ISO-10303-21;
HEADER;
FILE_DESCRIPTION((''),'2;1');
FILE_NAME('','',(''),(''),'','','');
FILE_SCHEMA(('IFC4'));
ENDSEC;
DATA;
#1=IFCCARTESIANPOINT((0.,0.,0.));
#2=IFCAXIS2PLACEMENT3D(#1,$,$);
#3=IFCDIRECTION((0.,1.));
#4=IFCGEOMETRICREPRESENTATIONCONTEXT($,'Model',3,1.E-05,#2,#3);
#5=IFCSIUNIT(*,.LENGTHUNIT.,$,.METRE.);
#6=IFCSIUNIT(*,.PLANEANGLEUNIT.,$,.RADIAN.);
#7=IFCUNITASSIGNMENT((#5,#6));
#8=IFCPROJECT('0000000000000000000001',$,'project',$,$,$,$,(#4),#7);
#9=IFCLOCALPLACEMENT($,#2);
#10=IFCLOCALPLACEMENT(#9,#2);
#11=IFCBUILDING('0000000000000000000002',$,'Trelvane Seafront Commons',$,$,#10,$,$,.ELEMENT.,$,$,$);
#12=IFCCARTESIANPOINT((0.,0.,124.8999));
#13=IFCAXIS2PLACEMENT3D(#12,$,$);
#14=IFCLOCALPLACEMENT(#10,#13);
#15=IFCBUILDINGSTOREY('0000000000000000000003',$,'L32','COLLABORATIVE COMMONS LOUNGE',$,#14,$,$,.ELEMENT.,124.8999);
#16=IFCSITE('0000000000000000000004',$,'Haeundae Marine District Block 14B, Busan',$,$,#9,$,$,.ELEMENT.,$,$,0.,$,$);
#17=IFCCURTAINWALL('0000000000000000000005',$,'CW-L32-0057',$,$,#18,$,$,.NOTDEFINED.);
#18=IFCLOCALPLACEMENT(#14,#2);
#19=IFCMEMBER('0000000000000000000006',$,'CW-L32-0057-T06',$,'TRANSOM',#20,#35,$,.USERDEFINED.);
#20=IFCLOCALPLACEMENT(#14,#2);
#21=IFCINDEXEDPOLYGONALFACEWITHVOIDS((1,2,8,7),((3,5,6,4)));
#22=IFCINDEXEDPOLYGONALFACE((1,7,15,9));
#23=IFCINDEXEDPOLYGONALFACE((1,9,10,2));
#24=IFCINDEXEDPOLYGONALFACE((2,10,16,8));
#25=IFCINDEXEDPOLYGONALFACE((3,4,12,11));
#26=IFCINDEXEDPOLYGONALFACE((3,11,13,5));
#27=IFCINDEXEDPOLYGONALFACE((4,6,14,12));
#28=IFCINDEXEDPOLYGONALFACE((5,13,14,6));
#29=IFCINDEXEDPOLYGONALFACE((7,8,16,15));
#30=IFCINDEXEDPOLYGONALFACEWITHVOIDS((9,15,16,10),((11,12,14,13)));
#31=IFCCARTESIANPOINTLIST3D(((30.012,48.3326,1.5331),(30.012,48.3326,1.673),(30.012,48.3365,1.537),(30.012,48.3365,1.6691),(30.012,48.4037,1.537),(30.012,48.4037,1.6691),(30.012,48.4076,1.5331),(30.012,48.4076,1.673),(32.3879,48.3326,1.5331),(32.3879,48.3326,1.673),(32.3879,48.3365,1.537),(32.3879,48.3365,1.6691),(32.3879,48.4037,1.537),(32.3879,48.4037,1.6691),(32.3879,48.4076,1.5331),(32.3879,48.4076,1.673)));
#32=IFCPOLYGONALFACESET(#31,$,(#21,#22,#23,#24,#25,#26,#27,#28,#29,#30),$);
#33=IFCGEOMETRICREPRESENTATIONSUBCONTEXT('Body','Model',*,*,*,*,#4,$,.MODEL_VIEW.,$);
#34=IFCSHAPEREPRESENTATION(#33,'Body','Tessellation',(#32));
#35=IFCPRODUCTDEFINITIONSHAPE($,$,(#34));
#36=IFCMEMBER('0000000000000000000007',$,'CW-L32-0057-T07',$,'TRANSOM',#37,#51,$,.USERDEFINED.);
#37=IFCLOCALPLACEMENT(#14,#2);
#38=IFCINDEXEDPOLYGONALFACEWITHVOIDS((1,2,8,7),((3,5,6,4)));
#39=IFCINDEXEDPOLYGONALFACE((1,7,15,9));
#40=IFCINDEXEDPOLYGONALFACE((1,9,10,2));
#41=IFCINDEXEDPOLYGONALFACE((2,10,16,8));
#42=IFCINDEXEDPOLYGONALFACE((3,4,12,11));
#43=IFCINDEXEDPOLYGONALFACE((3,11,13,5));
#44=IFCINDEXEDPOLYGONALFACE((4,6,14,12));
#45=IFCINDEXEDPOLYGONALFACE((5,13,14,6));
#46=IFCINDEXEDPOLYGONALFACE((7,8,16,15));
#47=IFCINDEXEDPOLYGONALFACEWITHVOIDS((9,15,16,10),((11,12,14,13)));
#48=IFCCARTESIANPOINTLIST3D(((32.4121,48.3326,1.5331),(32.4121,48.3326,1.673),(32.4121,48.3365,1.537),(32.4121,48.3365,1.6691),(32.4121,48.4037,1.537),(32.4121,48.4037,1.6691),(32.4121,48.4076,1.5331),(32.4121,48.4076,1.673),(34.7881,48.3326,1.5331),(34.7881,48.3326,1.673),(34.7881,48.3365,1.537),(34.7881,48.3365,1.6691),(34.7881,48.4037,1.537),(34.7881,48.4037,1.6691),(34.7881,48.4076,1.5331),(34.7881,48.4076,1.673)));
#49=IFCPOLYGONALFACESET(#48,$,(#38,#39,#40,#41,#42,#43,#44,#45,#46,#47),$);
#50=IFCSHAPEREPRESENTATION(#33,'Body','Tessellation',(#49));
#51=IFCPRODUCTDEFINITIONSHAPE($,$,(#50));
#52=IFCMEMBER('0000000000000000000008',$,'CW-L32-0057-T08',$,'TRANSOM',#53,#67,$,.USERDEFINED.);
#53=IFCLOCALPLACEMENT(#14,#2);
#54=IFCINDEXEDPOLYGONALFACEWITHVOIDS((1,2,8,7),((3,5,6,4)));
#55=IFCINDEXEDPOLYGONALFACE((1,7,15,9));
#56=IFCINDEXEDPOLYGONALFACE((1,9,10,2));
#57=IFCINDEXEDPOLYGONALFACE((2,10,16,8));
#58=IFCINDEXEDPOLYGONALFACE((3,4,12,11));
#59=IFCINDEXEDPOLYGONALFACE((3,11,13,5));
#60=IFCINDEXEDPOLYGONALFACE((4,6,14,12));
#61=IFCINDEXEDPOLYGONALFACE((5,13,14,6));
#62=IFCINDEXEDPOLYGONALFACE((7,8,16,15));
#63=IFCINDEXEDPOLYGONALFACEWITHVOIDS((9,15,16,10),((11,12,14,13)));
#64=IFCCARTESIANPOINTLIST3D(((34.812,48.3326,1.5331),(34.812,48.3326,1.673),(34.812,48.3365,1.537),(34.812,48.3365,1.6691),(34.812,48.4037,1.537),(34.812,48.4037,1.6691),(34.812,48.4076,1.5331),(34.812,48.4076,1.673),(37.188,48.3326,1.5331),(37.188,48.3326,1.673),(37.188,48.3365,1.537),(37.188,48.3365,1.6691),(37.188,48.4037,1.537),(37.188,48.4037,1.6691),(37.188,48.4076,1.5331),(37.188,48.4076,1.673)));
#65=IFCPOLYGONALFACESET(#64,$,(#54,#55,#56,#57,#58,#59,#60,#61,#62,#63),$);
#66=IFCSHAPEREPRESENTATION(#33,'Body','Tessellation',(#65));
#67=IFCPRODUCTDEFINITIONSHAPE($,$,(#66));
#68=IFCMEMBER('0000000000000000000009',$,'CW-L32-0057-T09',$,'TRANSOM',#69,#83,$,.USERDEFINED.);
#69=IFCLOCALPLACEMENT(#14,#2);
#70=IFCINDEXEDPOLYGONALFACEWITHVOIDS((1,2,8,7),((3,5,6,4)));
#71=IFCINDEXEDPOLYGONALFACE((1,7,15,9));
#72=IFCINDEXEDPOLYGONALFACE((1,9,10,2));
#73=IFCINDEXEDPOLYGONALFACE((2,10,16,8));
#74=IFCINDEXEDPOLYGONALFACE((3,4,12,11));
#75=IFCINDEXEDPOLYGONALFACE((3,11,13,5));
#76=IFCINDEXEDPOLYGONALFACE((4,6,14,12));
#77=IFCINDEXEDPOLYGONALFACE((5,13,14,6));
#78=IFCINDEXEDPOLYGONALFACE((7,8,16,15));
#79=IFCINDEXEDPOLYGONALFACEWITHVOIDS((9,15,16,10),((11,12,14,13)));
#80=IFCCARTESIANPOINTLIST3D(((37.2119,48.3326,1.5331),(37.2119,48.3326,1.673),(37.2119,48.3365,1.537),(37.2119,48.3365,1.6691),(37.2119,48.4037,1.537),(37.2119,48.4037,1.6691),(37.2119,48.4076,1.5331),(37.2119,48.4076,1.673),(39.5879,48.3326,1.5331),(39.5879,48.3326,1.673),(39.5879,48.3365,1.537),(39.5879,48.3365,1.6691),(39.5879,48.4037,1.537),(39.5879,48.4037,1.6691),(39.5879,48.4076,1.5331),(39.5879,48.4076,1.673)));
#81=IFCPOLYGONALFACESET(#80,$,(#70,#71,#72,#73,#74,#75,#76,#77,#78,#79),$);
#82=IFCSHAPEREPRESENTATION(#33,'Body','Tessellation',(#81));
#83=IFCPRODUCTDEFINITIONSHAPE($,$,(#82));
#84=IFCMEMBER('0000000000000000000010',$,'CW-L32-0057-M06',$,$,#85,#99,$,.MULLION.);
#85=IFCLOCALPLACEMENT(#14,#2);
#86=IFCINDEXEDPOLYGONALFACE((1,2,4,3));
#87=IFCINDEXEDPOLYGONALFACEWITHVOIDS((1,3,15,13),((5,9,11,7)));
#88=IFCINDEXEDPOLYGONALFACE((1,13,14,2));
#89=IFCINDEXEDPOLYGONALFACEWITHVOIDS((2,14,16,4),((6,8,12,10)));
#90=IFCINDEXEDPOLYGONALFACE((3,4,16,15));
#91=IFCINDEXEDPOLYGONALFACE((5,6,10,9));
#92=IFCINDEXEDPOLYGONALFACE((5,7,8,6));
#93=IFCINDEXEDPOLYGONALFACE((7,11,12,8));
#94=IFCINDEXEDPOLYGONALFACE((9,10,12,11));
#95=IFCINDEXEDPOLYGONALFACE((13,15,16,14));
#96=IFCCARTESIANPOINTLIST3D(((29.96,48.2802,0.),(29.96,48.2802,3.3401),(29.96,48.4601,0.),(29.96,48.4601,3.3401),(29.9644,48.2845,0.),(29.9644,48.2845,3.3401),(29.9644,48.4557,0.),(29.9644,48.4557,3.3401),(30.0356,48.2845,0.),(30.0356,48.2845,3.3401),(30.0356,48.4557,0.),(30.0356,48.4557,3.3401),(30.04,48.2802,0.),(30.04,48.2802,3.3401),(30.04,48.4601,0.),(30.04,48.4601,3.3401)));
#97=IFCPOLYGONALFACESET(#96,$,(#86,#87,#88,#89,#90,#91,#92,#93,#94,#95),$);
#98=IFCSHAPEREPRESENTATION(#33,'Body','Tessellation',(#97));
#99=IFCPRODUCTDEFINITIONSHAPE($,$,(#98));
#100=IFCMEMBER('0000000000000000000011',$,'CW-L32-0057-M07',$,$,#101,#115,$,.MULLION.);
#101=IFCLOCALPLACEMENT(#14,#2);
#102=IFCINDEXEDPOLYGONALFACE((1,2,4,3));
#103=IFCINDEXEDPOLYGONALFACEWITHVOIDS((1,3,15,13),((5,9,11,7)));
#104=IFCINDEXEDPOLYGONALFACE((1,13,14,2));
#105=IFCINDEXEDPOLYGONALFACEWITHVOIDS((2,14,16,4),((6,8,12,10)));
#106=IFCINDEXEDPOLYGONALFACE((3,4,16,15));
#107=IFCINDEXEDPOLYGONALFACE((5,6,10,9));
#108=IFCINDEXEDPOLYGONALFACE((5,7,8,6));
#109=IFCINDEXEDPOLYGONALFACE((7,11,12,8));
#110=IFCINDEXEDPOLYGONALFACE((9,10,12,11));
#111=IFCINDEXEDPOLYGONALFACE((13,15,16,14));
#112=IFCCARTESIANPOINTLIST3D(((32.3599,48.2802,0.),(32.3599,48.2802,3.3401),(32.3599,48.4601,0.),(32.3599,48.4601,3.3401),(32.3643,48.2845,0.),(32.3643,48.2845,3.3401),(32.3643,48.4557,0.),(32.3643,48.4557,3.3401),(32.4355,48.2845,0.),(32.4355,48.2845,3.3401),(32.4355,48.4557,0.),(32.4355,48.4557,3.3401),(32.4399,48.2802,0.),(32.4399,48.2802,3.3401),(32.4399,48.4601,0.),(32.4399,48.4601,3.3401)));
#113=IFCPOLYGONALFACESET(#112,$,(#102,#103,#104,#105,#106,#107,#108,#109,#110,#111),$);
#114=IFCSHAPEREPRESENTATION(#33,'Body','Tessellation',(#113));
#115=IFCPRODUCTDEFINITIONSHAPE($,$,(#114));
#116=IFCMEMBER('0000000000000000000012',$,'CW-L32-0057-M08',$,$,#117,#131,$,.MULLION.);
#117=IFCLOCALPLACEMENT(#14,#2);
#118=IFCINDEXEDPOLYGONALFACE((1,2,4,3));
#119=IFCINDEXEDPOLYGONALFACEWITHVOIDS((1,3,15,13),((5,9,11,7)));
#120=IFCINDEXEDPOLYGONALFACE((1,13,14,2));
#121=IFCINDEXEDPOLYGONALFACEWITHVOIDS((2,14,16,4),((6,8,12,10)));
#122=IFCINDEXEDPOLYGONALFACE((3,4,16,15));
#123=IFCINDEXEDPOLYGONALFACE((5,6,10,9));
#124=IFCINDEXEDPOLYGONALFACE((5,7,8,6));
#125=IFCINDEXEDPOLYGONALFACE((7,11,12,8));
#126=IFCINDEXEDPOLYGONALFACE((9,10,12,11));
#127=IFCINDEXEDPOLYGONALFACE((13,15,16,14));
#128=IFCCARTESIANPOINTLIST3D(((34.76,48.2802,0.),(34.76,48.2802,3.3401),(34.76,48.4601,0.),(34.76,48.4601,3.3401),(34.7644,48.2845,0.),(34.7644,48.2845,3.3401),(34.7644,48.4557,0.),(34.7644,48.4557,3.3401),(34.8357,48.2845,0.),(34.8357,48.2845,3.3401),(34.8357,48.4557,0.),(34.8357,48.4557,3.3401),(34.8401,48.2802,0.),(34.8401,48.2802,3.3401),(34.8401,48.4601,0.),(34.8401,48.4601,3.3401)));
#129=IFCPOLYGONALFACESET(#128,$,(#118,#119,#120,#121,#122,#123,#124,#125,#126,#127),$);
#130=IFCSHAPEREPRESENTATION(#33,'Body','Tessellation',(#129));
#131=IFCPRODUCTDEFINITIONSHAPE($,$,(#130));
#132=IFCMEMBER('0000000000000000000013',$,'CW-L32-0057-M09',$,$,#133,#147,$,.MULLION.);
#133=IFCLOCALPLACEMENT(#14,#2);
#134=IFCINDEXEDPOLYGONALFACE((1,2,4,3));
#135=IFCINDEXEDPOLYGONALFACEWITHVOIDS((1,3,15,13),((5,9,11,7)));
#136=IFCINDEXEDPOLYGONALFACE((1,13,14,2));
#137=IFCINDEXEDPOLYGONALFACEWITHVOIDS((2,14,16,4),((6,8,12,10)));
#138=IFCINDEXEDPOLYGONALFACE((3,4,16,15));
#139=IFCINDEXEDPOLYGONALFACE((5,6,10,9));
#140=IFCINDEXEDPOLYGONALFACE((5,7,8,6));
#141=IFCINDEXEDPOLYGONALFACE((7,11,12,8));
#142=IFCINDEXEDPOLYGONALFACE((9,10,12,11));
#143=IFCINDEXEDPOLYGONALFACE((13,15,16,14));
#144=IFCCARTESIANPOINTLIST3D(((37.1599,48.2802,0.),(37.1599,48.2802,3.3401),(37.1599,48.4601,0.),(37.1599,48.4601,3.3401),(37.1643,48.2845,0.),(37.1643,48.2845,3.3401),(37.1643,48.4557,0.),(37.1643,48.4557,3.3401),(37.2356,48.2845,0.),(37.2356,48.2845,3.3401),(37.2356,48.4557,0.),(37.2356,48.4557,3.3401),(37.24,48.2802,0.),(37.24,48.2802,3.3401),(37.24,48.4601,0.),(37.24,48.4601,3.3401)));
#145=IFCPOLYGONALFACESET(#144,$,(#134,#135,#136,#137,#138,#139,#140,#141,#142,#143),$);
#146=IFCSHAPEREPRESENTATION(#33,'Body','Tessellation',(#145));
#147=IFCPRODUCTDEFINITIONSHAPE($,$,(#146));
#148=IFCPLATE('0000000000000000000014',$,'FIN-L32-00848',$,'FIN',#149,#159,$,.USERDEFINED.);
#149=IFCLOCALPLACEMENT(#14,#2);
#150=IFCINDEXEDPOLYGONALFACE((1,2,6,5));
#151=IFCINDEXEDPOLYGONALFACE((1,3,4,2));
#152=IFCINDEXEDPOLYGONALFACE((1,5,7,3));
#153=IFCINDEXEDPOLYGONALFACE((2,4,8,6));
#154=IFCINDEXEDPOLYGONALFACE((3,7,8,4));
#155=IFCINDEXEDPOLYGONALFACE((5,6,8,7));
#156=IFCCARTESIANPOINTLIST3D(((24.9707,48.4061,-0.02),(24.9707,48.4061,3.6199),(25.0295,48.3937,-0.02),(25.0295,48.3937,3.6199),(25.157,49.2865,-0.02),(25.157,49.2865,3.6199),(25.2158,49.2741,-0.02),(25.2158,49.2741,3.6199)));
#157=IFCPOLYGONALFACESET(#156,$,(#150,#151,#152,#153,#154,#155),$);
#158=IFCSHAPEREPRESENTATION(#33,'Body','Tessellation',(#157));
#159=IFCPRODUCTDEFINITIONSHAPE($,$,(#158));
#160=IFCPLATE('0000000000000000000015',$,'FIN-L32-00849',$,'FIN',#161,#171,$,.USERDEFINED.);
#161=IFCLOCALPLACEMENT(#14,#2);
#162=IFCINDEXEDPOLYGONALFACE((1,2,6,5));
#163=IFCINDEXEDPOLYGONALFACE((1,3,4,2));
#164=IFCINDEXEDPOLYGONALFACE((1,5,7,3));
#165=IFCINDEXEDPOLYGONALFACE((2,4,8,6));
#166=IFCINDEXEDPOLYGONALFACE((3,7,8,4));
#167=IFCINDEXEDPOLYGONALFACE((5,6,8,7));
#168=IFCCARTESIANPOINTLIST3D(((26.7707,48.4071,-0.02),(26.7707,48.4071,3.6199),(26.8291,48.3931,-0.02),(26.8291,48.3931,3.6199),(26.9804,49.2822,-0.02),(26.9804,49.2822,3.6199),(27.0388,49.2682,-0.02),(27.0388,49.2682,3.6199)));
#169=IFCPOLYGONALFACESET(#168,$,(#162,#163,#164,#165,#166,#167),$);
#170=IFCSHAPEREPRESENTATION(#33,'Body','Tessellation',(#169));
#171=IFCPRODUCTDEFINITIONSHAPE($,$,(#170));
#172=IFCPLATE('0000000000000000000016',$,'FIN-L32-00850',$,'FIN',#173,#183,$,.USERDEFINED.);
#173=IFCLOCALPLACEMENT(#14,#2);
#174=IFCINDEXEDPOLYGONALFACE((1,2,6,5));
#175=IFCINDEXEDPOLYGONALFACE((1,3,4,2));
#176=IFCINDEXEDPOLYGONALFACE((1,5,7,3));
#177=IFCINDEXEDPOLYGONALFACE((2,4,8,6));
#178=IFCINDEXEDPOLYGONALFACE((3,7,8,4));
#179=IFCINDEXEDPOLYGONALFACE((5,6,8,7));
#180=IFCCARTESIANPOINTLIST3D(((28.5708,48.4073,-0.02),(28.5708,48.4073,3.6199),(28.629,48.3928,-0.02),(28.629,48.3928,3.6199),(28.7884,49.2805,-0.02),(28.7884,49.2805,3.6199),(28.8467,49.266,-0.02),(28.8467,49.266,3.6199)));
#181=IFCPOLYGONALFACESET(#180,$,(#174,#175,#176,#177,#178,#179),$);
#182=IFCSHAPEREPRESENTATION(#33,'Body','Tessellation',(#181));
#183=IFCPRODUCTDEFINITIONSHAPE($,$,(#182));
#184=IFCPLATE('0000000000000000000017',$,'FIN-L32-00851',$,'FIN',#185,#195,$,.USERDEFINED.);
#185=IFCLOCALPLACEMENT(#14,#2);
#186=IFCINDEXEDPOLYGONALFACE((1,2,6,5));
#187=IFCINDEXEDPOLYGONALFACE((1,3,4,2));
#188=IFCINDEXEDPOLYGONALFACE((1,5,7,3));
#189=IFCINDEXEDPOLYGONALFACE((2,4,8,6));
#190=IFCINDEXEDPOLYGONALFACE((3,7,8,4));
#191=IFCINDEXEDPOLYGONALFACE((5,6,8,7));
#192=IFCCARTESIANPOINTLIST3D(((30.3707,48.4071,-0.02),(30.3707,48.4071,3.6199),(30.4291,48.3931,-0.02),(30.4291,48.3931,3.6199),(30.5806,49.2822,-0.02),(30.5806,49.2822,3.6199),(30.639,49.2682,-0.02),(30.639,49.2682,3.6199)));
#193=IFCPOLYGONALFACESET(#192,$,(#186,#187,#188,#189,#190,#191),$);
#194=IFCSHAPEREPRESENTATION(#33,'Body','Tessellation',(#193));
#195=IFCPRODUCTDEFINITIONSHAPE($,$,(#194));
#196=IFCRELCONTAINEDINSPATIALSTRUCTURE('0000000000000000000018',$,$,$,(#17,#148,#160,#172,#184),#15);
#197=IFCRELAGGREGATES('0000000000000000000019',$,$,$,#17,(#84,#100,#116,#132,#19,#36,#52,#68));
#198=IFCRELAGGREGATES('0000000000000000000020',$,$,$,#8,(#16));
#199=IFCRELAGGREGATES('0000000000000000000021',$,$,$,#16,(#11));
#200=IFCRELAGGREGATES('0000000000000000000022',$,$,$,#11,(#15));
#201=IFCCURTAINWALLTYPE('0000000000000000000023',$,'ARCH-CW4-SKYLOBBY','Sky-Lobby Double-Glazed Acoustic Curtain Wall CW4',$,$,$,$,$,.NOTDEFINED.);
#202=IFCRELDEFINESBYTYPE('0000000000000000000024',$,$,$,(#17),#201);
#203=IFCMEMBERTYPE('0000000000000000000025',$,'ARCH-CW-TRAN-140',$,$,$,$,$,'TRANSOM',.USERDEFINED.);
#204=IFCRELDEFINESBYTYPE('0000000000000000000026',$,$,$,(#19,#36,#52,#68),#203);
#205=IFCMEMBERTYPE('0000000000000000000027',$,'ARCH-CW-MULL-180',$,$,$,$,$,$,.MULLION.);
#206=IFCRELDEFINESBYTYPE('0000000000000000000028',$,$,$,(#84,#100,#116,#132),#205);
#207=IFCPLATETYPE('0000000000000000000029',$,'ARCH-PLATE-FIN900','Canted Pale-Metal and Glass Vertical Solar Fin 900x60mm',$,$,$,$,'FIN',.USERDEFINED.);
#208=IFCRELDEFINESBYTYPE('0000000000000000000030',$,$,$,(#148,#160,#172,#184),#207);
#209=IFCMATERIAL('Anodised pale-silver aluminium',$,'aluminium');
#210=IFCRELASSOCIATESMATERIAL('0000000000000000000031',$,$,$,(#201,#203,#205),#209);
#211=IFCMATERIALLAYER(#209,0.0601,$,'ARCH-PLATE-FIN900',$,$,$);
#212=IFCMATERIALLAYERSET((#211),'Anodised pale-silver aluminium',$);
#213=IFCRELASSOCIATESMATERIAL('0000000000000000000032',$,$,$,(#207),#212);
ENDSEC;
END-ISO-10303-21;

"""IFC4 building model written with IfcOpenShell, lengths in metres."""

from ifc_helpers import new_model, si_unit, direction, frame, origin, origin_2d, place, context, subcontext, project, spatial, rectangle, hollow_rectangle, extrude, source, transform, mapped, material, layer, layer_set, material_profile, profile_set, type_object, element, aggregate, save


model = new_model("IFC4")

# Units and contexts
model_context = context("Model", 3, precision=1e-05, world=origin(), true_north=direction((0.0, 1.0)))
body_context = subcontext(model_context, "Body", "Model", "MODEL_VIEW")
ifc_project = project(units=[si_unit("LENGTHUNIT", "METRE"), si_unit("PLANEANGLEUNIT", "RADIAN")], contexts=[model_context])

# Site, building, storey
site_placement = place(None, origin())
site = spatial("IfcSite", under=ifc_project, at=site_placement, Name="Haeundae Marine District Block 14B, Busan", CompositionType="ELEMENT", RefElevation=0.0)
building_placement = place(site_placement, origin())
building = spatial("IfcBuilding", under=site, at=building_placement, Name="Trelvane Seafront Commons", CompositionType="ELEMENT")
storey_placement = place(building_placement, frame((0.0, 0.0, 124.8999)))
storey = spatial("IfcBuildingStorey", under=building, at=storey_placement, Name="L32", Description="COLLABORATIVE COMMONS LOUNGE", CompositionType="ELEMENT", Elevation=124.8999)

# Curtain wall, members
ifc_material_1 = material(Name="Anodised pale-silver aluminium", Category="aluminium")
curtain_wall_type = type_object("IfcCurtainWallType", Name="ARCH-CW4-SKYLOBBY", Description="Sky-Lobby Double-Glazed Acoustic Curtain Wall CW4", PredefinedType="NOTDEFINED", material=ifc_material_1)
curtain_wall_placement = place(storey_placement, origin())
curtain_wall = element("IfcCurtainWall", 1, at=curtain_wall_placement, inside=storey, type_object=curtain_wall_type, Name="CW-L32-0057", PredefinedType="NOTDEFINED")
ifc_material_profile_1 = material_profile(ifc_material_1, hollow_rectangle(XDim=0.075, YDim=0.1399, WallThickness=0.0039, at=origin_2d()), Name="TRAN-75x140x4")
ifc_profile_set_1 = profile_set([ifc_material_profile_1], Name="Anodised pale-silver aluminium")
member_type_1 = type_object("IfcMemberType", Name="ARCH-CW-TRAN-140", ElementType="TRANSOM", PredefinedType="USERDEFINED", material=ifc_profile_set_1)
shared_shape_1 = source(origin(), body_context, "Body", "SweptSolid", [
    extrude(hollow_rectangle(XDim=0.075, YDim=0.1399, WallThickness=0.0039, at=origin_2d()), origin(), (0.0, 0.0, 1.0), 2.376),
])
member_1_placement = place(storey_placement, frame((30.012, 48.3701, 1.603), z_axis=(1.0, 0.0, 0.0), x_axis=(0.0, 1.0, 0.0)))
member_1 = element("IfcMember", 2, at=member_1_placement, type_object=member_type_1, Name="CW-L32-0057-T06", ObjectType="TRANSOM", PredefinedType="USERDEFINED", context=body_context, shape_type="MappedRepresentation", body=[
    mapped(shared_shape_1, transform((0.0, 0.0, 0.0), x_axis=(1.0, 0.0, 0.0), y_axis=(0.0, 1.0, 0.0), z_axis=(0.0, 0.0, 1.0), scale=1.0)),
])
member_2_placement = place(storey_placement, frame((32.4121, 48.3701, 1.603), z_axis=(1.0, 0.0, 0.0), x_axis=(0.0, 1.0, 0.0)))
member_2 = element("IfcMember", 3, at=member_2_placement, type_object=member_type_1, Name="CW-L32-0057-T07", ObjectType="TRANSOM", PredefinedType="USERDEFINED", context=body_context, shape_type="MappedRepresentation", body=[
    mapped(shared_shape_1, transform((0.0, 0.0, 0.0), x_axis=(1.0, 0.0, 0.0), y_axis=(0.0, 1.0, 0.0), z_axis=(0.0, 0.0, 1.0), scale=1.0)),
])
member_3_placement = place(storey_placement, frame((34.812, 48.3701, 1.603), z_axis=(1.0, 0.0, 0.0), x_axis=(0.0, 1.0, 0.0)))
member_3 = element("IfcMember", 4, at=member_3_placement, type_object=member_type_1, Name="CW-L32-0057-T08", ObjectType="TRANSOM", PredefinedType="USERDEFINED", context=body_context, shape_type="MappedRepresentation", body=[
    mapped(shared_shape_1, transform((0.0, 0.0, 0.0), x_axis=(1.0, 0.0, 0.0), y_axis=(0.0, 1.0, 0.0), z_axis=(0.0, 0.0, 1.0), scale=1.0)),
])
member_4_placement = place(storey_placement, frame((37.2119, 48.3701, 1.603), z_axis=(1.0, 0.0, 0.0), x_axis=(0.0, 1.0, 0.0)))
member_4 = element("IfcMember", 5, at=member_4_placement, type_object=member_type_1, Name="CW-L32-0057-T09", ObjectType="TRANSOM", PredefinedType="USERDEFINED", context=body_context, shape_type="MappedRepresentation", body=[
    mapped(shared_shape_1, transform((0.0, 0.0, 0.0), x_axis=(1.0, 0.0, 0.0), y_axis=(0.0, 1.0, 0.0), z_axis=(0.0, 0.0, 1.0), scale=1.0)),
])
ifc_material_profile_2 = material_profile(ifc_material_1, hollow_rectangle(XDim=0.0801, YDim=0.1799, WallThickness=0.0044, at=origin_2d()), Name="MULL-80x180x4.5")
ifc_profile_set_2 = profile_set([ifc_material_profile_2], Name="Anodised pale-silver aluminium")
member_type_2 = type_object("IfcMemberType", Name="ARCH-CW-MULL-180", PredefinedType="MULLION", material=ifc_profile_set_2)
shared_shape_2 = source(origin(), body_context, "Body", "SweptSolid", [
    extrude(hollow_rectangle(XDim=0.0801, YDim=0.1799, WallThickness=0.0044, at=origin_2d()), origin(), (0.0, 0.0, 1.0), 3.3401),
])
member_5_placement = place(storey_placement, frame((30.0, 48.3701, 0.0), z_axis=(0.0, 0.0, 1.0), x_axis=(1.0, 0.0, 0.0)))
member_5 = element("IfcMember", 6, at=member_5_placement, type_object=member_type_2, Name="CW-L32-0057-M06", PredefinedType="MULLION", context=body_context, shape_type="MappedRepresentation", body=[
    mapped(shared_shape_2, transform((0.0, 0.0, 0.0), x_axis=(1.0, 0.0, 0.0), y_axis=(0.0, 1.0, 0.0), z_axis=(0.0, 0.0, 1.0), scale=1.0)),
])
member_6_placement = place(storey_placement, frame((32.3999, 48.3701, 0.0), z_axis=(0.0, 0.0, 1.0), x_axis=(1.0, 0.0, 0.0)))
member_6 = element("IfcMember", 7, at=member_6_placement, type_object=member_type_2, Name="CW-L32-0057-M07", PredefinedType="MULLION", context=body_context, shape_type="MappedRepresentation", body=[
    mapped(shared_shape_2, transform((0.0, 0.0, 0.0), x_axis=(1.0, 0.0, 0.0), y_axis=(0.0, 1.0, 0.0), z_axis=(0.0, 0.0, 1.0), scale=1.0)),
])
member_7_placement = place(storey_placement, frame((34.8, 48.3701, 0.0), z_axis=(0.0, 0.0, 1.0), x_axis=(1.0, 0.0, 0.0)))
member_7 = element("IfcMember", 8, at=member_7_placement, type_object=member_type_2, Name="CW-L32-0057-M08", PredefinedType="MULLION", context=body_context, shape_type="MappedRepresentation", body=[
    mapped(shared_shape_2, transform((0.0, 0.0, 0.0), x_axis=(1.0, 0.0, 0.0), y_axis=(0.0, 1.0, 0.0), z_axis=(0.0, 0.0, 1.0), scale=1.0)),
])
member_8_placement = place(storey_placement, frame((37.2, 48.3701, 0.0), z_axis=(0.0, 0.0, 1.0), x_axis=(1.0, 0.0, 0.0)))
member_8 = element("IfcMember", 9, at=member_8_placement, type_object=member_type_2, Name="CW-L32-0057-M09", PredefinedType="MULLION", context=body_context, shape_type="MappedRepresentation", body=[
    mapped(shared_shape_2, transform((0.0, 0.0, 0.0), x_axis=(1.0, 0.0, 0.0), y_axis=(0.0, 1.0, 0.0), z_axis=(0.0, 0.0, 1.0), scale=1.0)),
])

# Plates
ifc_layer_1 = layer(ifc_material_1, 0.0601, Name="ARCH-PLATE-FIN900")
ifc_layer_set_1 = layer_set([ifc_layer_1], Name="Anodised pale-silver aluminium")
plate_type_1 = type_object("IfcPlateType", Name="ARCH-PLATE-FIN900", Description="Canted Pale-Metal and Glass Vertical Solar Fin 900x60mm", ElementType="FIN", PredefinedType="USERDEFINED", material=ifc_layer_set_1)
shared_shape_3 = source(origin(), body_context, "Body", "SweptSolid", [
    extrude(rectangle(XDim=0.8999, YDim=0.0601, at=origin_2d()), origin(), (0.0, 0.0, 1.0), 3.6399),
])
for number, where, z_axis, x_axis, name in (
    (10, (25.0933, 48.8401, -0.02), (0.0, 0.0, 1.0), (0.207002, 0.978341, 0.0), "FIN-L32-00848"),
    (11, (26.9048, 48.8376, -0.02), (0.0, 0.0, 1.0), (0.233007, 0.972475, 0.0), "FIN-L32-00849"),
    (12, (28.7087, 48.8367, -0.02), (0.0, 0.0, 1.0), (0.241881, 0.970306, 0.0), "FIN-L32-00850"),
    (13, (30.5049, 48.8376, -0.02), (0.0, 0.0, 1.0), (0.233218, 0.972424, 0.0), "FIN-L32-00851"),
):
    element("IfcPlate", number, at=place(storey_placement, frame(where, z_axis=z_axis, x_axis=x_axis)), inside=storey, type_object=plate_type_1, Name=name, ObjectType="FIN", PredefinedType="USERDEFINED", context=body_context, shape_type="MappedRepresentation", body=[
        mapped(shared_shape_3, transform((0.0, 0.0, 0.0), x_axis=(1.0, 0.0, 0.0), y_axis=(0.0, 1.0, 0.0), z_axis=(0.0, 0.0, 1.0), scale=1.0)),
    ])

aggregate(curtain_wall, [member_5, member_6, member_7, member_8, member_1, member_2, member_3, member_4])

save(model, "model.ifc")
